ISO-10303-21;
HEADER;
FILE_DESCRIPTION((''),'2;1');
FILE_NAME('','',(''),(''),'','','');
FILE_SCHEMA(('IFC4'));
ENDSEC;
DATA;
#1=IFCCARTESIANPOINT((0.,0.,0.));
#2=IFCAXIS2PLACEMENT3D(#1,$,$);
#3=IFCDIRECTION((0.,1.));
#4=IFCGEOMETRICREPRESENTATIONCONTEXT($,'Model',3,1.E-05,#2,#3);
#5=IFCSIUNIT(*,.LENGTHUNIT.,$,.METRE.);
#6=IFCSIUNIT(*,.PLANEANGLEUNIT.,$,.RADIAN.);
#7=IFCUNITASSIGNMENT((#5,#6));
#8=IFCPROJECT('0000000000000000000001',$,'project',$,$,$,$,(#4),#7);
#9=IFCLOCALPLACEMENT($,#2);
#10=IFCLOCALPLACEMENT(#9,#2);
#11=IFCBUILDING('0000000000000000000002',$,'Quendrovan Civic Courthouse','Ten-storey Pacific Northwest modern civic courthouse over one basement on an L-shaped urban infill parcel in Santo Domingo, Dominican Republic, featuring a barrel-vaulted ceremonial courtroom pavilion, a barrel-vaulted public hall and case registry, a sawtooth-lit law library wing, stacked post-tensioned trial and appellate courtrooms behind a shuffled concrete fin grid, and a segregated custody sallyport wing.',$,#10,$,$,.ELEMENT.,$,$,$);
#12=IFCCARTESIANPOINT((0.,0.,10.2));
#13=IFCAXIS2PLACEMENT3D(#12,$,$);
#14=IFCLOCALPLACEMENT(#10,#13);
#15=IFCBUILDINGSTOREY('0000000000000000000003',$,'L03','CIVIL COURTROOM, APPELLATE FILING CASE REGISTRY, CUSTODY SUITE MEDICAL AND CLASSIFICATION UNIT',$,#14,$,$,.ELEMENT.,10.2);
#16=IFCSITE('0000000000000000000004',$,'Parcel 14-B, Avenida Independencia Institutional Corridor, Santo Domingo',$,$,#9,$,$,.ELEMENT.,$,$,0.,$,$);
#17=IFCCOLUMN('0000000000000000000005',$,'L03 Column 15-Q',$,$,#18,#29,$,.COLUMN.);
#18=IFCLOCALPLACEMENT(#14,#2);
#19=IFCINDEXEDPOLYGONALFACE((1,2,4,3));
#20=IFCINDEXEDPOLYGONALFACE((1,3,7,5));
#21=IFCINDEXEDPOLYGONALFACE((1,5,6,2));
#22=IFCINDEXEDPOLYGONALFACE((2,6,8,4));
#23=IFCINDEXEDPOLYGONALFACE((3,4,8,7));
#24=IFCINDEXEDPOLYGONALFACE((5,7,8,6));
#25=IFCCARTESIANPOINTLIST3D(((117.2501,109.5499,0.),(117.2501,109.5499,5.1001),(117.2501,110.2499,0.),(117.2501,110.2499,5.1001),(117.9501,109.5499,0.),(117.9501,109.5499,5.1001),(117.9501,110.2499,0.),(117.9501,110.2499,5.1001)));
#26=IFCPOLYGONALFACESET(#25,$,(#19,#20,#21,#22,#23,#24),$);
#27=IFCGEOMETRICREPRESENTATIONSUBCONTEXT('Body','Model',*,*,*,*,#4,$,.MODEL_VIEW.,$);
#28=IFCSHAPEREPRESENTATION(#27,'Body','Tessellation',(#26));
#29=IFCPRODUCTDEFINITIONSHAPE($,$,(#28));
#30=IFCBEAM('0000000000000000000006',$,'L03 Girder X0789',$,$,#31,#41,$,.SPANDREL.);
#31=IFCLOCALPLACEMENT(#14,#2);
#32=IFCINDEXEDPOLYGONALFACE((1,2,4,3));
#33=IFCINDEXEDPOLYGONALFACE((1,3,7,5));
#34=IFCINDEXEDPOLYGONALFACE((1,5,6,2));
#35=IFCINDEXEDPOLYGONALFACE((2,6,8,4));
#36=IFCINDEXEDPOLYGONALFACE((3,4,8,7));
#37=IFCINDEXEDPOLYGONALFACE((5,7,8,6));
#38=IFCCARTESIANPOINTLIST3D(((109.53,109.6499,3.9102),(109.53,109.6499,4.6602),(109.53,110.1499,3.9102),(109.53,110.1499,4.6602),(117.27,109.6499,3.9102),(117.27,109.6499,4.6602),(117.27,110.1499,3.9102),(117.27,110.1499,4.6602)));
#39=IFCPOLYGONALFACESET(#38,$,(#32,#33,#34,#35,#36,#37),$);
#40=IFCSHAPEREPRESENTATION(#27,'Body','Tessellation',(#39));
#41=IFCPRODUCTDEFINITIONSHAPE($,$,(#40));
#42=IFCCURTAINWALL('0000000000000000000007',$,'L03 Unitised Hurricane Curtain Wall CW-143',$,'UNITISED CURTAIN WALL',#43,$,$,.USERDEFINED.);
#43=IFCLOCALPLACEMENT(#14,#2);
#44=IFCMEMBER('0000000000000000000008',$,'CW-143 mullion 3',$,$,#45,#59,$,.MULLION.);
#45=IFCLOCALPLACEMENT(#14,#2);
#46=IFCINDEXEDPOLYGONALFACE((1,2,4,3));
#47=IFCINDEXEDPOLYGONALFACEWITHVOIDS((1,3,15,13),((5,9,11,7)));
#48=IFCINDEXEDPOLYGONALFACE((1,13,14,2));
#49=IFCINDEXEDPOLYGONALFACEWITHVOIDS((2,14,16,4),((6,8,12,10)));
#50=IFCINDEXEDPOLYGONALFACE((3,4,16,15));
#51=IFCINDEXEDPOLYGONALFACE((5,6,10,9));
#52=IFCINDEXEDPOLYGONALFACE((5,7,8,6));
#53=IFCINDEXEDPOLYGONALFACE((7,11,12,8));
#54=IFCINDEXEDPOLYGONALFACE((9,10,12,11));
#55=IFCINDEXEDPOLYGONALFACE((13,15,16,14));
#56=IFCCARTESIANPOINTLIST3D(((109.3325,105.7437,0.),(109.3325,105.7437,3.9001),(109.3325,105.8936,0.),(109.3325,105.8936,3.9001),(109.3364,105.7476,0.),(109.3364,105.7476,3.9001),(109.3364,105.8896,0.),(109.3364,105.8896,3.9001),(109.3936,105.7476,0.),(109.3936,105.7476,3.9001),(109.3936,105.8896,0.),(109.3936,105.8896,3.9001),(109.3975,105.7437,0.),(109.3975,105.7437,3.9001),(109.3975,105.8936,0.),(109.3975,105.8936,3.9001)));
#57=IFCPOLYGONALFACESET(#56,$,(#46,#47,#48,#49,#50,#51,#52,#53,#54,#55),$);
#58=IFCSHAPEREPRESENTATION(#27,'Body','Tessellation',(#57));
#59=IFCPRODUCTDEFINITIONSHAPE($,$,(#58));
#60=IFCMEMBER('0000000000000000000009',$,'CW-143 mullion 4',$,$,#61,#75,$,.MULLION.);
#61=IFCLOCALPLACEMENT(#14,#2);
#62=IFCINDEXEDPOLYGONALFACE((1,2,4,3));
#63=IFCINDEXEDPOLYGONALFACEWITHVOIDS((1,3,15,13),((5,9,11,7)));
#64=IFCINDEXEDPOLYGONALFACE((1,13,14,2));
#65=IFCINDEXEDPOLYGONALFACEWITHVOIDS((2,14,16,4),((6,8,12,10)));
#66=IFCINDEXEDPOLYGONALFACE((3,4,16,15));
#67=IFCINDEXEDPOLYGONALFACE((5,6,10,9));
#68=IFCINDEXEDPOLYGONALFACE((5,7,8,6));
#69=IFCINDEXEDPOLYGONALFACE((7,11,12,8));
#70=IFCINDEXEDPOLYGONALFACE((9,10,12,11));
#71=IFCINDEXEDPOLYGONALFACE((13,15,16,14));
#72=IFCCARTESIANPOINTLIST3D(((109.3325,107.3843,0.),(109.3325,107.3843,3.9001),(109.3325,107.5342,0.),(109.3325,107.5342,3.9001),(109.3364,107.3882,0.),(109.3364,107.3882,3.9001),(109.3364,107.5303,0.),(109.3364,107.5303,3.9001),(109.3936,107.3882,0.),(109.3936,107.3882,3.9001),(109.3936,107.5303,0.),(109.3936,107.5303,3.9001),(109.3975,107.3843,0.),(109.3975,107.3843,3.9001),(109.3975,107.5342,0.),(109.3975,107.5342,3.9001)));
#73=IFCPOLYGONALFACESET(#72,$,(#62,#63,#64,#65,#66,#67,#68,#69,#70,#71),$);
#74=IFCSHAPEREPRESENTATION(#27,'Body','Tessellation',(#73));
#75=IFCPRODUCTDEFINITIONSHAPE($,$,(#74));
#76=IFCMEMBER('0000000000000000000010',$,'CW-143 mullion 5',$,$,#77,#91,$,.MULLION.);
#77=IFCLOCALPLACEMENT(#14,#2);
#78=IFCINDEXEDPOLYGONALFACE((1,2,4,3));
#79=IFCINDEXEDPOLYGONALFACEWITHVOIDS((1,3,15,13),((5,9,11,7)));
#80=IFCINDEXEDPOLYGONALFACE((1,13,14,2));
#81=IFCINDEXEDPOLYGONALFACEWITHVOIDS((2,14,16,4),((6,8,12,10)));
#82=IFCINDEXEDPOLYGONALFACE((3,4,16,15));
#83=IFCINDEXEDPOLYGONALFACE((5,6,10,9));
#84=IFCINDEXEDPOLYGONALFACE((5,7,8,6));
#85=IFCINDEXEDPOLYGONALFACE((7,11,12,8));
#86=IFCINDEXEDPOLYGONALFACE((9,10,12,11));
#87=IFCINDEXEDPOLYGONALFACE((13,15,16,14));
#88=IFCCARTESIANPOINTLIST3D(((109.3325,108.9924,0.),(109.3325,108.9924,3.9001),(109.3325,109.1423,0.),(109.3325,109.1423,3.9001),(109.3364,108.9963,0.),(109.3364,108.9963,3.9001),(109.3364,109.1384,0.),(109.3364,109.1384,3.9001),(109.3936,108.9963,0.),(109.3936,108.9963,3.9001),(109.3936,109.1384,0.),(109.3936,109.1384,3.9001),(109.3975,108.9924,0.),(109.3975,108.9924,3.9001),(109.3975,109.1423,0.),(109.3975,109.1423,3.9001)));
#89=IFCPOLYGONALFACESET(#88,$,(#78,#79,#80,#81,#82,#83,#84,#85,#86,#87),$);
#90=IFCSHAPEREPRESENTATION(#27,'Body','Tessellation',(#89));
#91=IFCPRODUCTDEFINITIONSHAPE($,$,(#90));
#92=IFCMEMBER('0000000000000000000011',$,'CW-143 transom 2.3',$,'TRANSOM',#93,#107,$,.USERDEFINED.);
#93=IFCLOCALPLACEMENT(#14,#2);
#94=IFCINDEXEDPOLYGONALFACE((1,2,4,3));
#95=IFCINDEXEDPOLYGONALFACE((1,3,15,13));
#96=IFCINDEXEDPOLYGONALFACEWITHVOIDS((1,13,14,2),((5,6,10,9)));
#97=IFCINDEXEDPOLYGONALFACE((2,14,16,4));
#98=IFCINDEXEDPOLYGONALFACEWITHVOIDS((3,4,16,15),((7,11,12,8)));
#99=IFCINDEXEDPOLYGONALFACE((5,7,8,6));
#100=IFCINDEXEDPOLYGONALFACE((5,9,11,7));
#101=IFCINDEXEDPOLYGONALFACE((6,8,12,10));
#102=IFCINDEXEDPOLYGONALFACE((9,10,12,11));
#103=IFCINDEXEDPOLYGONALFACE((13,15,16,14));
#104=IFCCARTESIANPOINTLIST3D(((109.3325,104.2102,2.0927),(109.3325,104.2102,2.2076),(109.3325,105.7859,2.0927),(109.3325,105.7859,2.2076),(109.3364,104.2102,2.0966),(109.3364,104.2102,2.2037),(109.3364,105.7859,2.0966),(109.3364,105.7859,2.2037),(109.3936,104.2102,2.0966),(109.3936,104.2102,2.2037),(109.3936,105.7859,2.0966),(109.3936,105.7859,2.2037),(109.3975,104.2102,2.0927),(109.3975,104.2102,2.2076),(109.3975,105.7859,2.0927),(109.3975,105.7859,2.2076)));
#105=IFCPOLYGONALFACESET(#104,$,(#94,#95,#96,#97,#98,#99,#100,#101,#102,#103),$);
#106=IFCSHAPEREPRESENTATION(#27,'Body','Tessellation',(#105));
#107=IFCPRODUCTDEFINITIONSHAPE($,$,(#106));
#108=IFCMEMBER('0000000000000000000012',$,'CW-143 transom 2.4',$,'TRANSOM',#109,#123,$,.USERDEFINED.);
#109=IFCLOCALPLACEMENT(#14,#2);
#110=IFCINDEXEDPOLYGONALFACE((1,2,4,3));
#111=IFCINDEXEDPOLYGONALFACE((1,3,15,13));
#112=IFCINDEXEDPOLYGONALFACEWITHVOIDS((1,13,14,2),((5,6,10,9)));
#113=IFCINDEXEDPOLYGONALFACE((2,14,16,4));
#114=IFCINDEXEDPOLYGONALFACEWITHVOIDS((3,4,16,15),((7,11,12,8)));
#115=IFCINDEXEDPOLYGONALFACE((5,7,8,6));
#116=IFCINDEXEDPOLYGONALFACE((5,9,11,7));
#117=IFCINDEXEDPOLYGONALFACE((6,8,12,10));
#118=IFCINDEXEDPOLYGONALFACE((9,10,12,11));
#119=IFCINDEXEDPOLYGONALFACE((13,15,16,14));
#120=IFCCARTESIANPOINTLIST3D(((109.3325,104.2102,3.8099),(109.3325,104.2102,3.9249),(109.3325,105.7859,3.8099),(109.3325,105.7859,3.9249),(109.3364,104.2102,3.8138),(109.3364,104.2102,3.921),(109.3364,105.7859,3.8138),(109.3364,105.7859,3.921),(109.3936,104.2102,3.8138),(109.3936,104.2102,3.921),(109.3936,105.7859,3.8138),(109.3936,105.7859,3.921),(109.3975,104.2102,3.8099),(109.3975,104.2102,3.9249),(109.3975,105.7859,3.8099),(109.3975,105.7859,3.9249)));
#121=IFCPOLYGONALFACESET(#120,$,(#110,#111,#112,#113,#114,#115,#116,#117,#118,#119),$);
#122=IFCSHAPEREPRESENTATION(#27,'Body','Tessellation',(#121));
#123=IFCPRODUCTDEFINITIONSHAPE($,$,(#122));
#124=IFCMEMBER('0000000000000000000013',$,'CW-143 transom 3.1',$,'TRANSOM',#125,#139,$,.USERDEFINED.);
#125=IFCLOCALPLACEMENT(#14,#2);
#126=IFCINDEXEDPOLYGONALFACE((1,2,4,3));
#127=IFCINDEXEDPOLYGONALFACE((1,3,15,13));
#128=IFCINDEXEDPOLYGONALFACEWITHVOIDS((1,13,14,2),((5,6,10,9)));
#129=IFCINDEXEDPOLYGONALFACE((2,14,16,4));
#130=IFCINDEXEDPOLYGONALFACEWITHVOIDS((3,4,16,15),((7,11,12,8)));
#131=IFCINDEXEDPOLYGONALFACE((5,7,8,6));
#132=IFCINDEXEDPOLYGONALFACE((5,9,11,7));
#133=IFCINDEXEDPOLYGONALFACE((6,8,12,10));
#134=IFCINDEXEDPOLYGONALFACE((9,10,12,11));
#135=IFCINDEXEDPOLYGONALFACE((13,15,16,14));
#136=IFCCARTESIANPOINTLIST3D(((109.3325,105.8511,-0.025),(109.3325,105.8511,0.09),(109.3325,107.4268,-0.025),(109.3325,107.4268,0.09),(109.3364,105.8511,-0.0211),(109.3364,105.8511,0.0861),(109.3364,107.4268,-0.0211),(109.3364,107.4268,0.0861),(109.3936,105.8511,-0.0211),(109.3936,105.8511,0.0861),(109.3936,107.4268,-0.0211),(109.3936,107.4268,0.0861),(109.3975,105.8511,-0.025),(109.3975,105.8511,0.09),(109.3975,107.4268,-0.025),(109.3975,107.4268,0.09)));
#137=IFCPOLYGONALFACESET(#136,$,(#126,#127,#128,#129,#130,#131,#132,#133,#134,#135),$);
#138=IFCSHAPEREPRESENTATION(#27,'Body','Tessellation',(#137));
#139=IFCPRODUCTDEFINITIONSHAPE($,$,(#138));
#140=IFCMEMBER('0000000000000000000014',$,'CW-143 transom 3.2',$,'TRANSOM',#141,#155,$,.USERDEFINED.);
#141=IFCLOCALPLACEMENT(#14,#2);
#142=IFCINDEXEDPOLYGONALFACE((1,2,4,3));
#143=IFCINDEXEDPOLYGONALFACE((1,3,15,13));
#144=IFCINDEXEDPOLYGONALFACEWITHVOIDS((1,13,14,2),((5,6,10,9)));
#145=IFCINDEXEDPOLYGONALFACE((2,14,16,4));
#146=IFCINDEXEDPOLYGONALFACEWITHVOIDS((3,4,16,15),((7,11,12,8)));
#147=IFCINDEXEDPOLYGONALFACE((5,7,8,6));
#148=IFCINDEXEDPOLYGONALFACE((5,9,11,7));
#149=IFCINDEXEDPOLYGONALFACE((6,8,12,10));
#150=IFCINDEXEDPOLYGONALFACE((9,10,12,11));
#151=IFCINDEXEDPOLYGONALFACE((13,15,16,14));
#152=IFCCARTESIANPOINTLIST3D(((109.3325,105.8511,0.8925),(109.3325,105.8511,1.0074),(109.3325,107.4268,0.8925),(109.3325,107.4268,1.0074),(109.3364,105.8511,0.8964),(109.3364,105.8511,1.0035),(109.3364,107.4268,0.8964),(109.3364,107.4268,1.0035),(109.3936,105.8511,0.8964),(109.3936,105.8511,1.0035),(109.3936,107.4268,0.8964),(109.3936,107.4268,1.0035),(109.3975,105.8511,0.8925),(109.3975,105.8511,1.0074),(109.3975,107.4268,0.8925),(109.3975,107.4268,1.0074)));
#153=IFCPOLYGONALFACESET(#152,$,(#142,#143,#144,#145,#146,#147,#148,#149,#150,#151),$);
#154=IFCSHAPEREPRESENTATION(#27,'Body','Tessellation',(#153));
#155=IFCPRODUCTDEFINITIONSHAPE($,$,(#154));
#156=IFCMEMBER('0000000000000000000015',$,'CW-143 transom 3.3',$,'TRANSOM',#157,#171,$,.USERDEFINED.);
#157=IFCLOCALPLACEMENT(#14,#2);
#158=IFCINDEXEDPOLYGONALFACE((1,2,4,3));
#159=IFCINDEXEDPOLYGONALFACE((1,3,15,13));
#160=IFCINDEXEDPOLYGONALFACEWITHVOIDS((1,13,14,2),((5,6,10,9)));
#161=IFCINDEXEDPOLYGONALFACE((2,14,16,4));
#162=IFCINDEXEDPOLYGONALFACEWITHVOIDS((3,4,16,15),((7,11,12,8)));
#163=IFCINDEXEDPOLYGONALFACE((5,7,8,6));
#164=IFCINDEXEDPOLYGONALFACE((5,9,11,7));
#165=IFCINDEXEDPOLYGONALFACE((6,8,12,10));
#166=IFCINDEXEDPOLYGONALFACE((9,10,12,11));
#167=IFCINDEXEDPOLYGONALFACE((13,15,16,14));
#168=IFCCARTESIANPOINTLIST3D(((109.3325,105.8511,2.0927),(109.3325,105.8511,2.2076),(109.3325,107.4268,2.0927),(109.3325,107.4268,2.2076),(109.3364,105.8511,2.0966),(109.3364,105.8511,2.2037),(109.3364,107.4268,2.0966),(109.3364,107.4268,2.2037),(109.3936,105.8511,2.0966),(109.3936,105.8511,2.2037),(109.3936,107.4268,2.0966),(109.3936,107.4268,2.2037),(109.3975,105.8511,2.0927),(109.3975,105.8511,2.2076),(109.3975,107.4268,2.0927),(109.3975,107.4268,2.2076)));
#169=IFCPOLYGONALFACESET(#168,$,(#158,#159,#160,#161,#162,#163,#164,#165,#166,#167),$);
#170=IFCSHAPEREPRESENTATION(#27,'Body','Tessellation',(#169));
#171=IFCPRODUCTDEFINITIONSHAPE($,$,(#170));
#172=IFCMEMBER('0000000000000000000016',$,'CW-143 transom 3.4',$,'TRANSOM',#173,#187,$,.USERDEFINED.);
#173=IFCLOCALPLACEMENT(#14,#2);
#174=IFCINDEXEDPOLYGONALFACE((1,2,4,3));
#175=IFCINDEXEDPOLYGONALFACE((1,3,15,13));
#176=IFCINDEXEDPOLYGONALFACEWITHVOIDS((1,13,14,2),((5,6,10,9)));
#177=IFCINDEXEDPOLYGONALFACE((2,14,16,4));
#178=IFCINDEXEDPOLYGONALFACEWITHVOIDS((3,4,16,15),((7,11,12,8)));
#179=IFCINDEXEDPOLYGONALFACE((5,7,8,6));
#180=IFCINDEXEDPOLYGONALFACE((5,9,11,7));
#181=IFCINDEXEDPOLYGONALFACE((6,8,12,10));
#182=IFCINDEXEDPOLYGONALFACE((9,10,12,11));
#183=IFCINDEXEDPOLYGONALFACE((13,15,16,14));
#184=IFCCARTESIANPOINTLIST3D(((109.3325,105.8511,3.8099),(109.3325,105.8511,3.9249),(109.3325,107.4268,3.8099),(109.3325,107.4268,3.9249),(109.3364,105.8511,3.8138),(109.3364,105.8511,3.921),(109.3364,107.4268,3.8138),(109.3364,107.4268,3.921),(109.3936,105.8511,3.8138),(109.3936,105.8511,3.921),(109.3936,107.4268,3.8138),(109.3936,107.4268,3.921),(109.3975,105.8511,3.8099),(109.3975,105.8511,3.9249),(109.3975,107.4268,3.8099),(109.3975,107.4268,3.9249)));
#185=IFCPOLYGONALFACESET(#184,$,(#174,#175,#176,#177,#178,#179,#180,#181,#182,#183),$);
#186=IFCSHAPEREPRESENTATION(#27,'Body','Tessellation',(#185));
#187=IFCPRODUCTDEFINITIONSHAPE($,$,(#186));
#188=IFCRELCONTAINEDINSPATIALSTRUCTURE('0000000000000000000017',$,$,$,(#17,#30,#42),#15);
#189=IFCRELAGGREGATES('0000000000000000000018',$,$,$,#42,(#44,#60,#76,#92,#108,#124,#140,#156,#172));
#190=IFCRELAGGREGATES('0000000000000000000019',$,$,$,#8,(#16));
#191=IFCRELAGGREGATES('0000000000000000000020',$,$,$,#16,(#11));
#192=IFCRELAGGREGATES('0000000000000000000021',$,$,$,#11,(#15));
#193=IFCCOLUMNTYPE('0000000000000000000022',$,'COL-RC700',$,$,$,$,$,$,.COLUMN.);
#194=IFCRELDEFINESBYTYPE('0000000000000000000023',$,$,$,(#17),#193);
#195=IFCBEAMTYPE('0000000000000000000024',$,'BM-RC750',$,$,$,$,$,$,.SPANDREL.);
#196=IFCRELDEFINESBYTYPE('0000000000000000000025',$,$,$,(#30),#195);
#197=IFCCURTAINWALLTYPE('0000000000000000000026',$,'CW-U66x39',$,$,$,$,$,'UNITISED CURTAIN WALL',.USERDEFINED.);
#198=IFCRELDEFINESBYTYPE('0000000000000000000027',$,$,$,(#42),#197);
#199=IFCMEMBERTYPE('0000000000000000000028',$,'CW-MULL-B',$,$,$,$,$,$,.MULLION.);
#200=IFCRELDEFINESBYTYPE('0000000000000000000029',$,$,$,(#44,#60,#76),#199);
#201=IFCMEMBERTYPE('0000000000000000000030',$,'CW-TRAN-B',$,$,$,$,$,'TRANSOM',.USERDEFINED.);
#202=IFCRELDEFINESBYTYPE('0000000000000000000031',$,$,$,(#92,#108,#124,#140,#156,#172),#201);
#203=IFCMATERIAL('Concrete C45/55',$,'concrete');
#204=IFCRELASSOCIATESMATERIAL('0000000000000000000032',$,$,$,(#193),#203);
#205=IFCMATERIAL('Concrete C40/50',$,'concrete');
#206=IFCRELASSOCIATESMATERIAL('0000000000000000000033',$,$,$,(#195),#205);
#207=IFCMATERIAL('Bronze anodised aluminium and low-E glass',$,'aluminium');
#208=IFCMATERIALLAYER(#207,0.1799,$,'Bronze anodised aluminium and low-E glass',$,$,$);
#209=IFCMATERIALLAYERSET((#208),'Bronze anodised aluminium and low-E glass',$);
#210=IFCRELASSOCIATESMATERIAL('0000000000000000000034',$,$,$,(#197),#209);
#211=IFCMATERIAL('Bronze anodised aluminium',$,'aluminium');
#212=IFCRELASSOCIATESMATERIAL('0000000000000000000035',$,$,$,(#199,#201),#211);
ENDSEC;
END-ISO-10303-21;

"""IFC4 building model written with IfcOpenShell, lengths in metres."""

from ifc_helpers import new_model, si_unit, direction, frame, origin, origin_2d, place, context, subcontext, project, spatial, rectangle, hollow_rectangle, extrude, material, layer, layer_set, material_profile, profile_set, type_object, element, aggregate, save


model = new_model("IFC4")

# Units and contexts
model_context = context("Model", 3, precision=1e-05, world=origin(), true_north=direction((0.0, 1.0)))
body_context = subcontext(model_context, "Body", "Model", "MODEL_VIEW")
ifc_project = project(units=[si_unit("LENGTHUNIT", "METRE"), si_unit("PLANEANGLEUNIT", "RADIAN")], contexts=[model_context])

# Site, building, storey
site_placement = place(None, origin())
site = spatial("IfcSite", under=ifc_project, at=site_placement, Name="Parcel 14-B, Avenida Independencia Institutional Corridor, Santo Domingo", CompositionType="ELEMENT", RefElevation=0.0)
building_placement = place(site_placement, origin())
building = spatial("IfcBuilding", under=site, at=building_placement, Name="Quendrovan Civic Courthouse", Description="Ten-storey Pacific Northwest modern civic courthouse over one basement on an L-shaped urban infill parcel in Santo Domingo, Dominican Republic, featuring a barrel-vaulted ceremonial courtroom pavilion, a barrel-vaulted public hall and case registry, a sawtooth-lit law library wing, stacked post-tensioned trial and appellate courtrooms behind a shuffled concrete fin grid, and a segregated custody sallyport wing.", CompositionType="ELEMENT")
storey_placement = place(building_placement, frame((0.0, 0.0, 10.2)))
storey = spatial("IfcBuildingStorey", under=building, at=storey_placement, Name="L03", Description="CIVIL COURTROOM, APPELLATE FILING CASE REGISTRY, CUSTODY SUITE MEDICAL AND CLASSIFICATION UNIT", CompositionType="ELEMENT", Elevation=10.2)

# Column
ifc_material_1 = material(Name="Concrete C45/55", Category="concrete")
ifc_material_profile_1 = material_profile(ifc_material_1, rectangle(XDim=0.7, YDim=0.7, at=origin_2d()), Name="RC-COL-700x700")
ifc_profile_set_1 = profile_set([ifc_material_profile_1], Name="Concrete C45/55")
column_type = type_object("IfcColumnType", Name="COL-RC700", PredefinedType="COLUMN", material=ifc_profile_set_1)
column_placement = place(storey_placement, frame((117.6001, 109.8999, 0.0), z_axis=(0.0, 0.0, 1.0), x_axis=(1.0, 0.0, 0.0)))
element("IfcColumn", 1, at=column_placement, inside=storey, type_object=column_type, Name="L03 Column 15-Q", PredefinedType="COLUMN", context=body_context, shape_type="SweptSolid", body=[
    extrude(rectangle(XDim=0.7, YDim=0.7, at=origin_2d()), origin(), (0.0, 0.0, 1.0), 5.1001),
])

# Beam
ifc_material_2 = material(Name="Concrete C40/50", Category="concrete")
ifc_material_profile_2 = material_profile(ifc_material_2, rectangle(XDim=0.5, YDim=0.75, at=origin_2d()), Name="RC-BM-500x750")
ifc_profile_set_2 = profile_set([ifc_material_profile_2], Name="Concrete C40/50")
beam_type = type_object("IfcBeamType", Name="BM-RC750", PredefinedType="SPANDREL", material=ifc_profile_set_2)
beam_placement = place(storey_placement, frame((109.53, 109.8999, 4.2852), z_axis=(1.0, 0.0, 0.0), x_axis=(0.0, 1.0, 0.0)))
element("IfcBeam", 2, at=beam_placement, inside=storey, type_object=beam_type, Name="L03 Girder X0789", PredefinedType="SPANDREL", context=body_context, shape_type="SweptSolid", body=[
    extrude(rectangle(XDim=0.5, YDim=0.75, at=origin_2d()), origin(), (0.0, 0.0, 1.0), 7.74),
])

# Curtain wall, members
ifc_material_3 = material(Name="Bronze anodised aluminium and low-E glass", Category="aluminium")
ifc_layer_1 = layer(ifc_material_3, 0.1799, Name="Bronze anodised aluminium and low-E glass")
ifc_layer_set_1 = layer_set([ifc_layer_1], Name="Bronze anodised aluminium and low-E glass")
curtain_wall_type = type_object("IfcCurtainWallType", Name="CW-U66x39", ElementType="UNITISED CURTAIN WALL", PredefinedType="USERDEFINED", material=ifc_layer_set_1)
curtain_wall_placement = place(storey_placement, origin())
curtain_wall = element("IfcCurtainWall", 3, at=curtain_wall_placement, inside=storey, type_object=curtain_wall_type, Name="L03 Unitised Hurricane Curtain Wall CW-143", ObjectType="UNITISED CURTAIN WALL", PredefinedType="USERDEFINED")
ifc_material_4 = material(Name="Bronze anodised aluminium", Category="aluminium")
ifc_material_profile_3 = material_profile(ifc_material_4, hollow_rectangle(XDim=0.0649, YDim=0.1499, WallThickness=0.0039, at=origin_2d()), Name="CW-MULL-65x150")
ifc_profile_set_3 = profile_set([ifc_material_profile_3], Name="Bronze anodised aluminium")
member_type_1 = type_object("IfcMemberType", Name="CW-MULL-B", PredefinedType="MULLION", material=ifc_profile_set_3)
member_1_placement = place(storey_placement, frame((109.365, 105.8186, 0.0), z_axis=(0.0, 0.0, 1.0), x_axis=(-1.0, 0.0, 0.0)))
member_1 = element("IfcMember", 4, at=member_1_placement, type_object=member_type_1, Name="CW-143 mullion 3", PredefinedType="MULLION", context=body_context, shape_type="SweptSolid", body=[
    extrude(hollow_rectangle(XDim=0.0649, YDim=0.1499, WallThickness=0.0039, at=origin_2d()), origin(), (0.0, 0.0, 1.0), 3.9001),
])
member_2_placement = place(storey_placement, frame((109.365, 107.4592, 0.0), z_axis=(0.0, 0.0, 1.0), x_axis=(-1.0, 0.0, 0.0)))
member_2 = element("IfcMember", 5, at=member_2_placement, type_object=member_type_1, Name="CW-143 mullion 4", PredefinedType="MULLION", context=body_context, shape_type="SweptSolid", body=[
    extrude(hollow_rectangle(XDim=0.0649, YDim=0.1499, WallThickness=0.0039, at=origin_2d()), origin(), (0.0, 0.0, 1.0), 3.9001),
])
member_3_placement = place(storey_placement, frame((109.365, 109.0674, 0.0), z_axis=(0.0, 0.0, 1.0), x_axis=(-1.0, 0.0, 0.0)))
member_3 = element("IfcMember", 6, at=member_3_placement, type_object=member_type_1, Name="CW-143 mullion 5", PredefinedType="MULLION", context=body_context, shape_type="SweptSolid", body=[
    extrude(hollow_rectangle(XDim=0.0649, YDim=0.1499, WallThickness=0.0039, at=origin_2d()), origin(), (0.0, 0.0, 1.0), 3.9001),
])
ifc_material_profile_4 = material_profile(ifc_material_4, hollow_rectangle(XDim=0.0649, YDim=0.115, WallThickness=0.0039, at=origin_2d()), Name="CW-TRAN-65x115")
ifc_profile_set_4 = profile_set([ifc_material_profile_4], Name="Bronze anodised aluminium")
member_type_2 = type_object("IfcMemberType", Name="CW-TRAN-B", ElementType="TRANSOM", PredefinedType="USERDEFINED", material=ifc_profile_set_4)
member_4_placement = place(storey_placement, frame((109.365, 104.2102, 2.1501), z_axis=(0.0, 1.0, 0.0), x_axis=(-1.0, 0.0, 0.0)))
member_4 = element("IfcMember", 7, at=member_4_placement, type_object=member_type_2, Name="CW-143 transom 2.3", ObjectType="TRANSOM", PredefinedType="USERDEFINED", context=body_context, shape_type="SweptSolid", body=[
    extrude(hollow_rectangle(XDim=0.0649, YDim=0.115, WallThickness=0.0039, at=origin_2d()), origin(), (0.0, 0.0, 1.0), 1.5757),
])
member_5_placement = place(storey_placement, frame((109.365, 104.2102, 3.8674), z_axis=(0.0, 1.0, 0.0), x_axis=(-1.0, 0.0, 0.0)))
member_5 = element("IfcMember", 8, at=member_5_placement, type_object=member_type_2, Name="CW-143 transom 2.4", ObjectType="TRANSOM", PredefinedType="USERDEFINED", context=body_context, shape_type="SweptSolid", body=[
    extrude(hollow_rectangle(XDim=0.0649, YDim=0.115, WallThickness=0.0039, at=origin_2d()), origin(), (0.0, 0.0, 1.0), 1.5757),
])
member_6_placement = place(storey_placement, frame((109.365, 105.8511, 0.0325), z_axis=(0.0, 1.0, 0.0), x_axis=(-1.0, 0.0, 0.0)))
member_6 = element("IfcMember", 9, at=member_6_placement, type_object=member_type_2, Name="CW-143 transom 3.1", ObjectType="TRANSOM", PredefinedType="USERDEFINED", context=body_context, shape_type="SweptSolid", body=[
    extrude(hollow_rectangle(XDim=0.0649, YDim=0.115, WallThickness=0.0039, at=origin_2d()), origin(), (0.0, 0.0, 1.0), 1.5757),
])
member_7_placement = place(storey_placement, frame((109.365, 105.8511, 0.95), z_axis=(0.0, 1.0, 0.0), x_axis=(-1.0, 0.0, 0.0)))
member_7 = element("IfcMember", 10, at=member_7_placement, type_object=member_type_2, Name="CW-143 transom 3.2", ObjectType="TRANSOM", PredefinedType="USERDEFINED", context=body_context, shape_type="SweptSolid", body=[
    extrude(hollow_rectangle(XDim=0.0649, YDim=0.115, WallThickness=0.0039, at=origin_2d()), origin(), (0.0, 0.0, 1.0), 1.5757),
])
member_8_placement = place(storey_placement, frame((109.365, 105.8511, 2.1501), z_axis=(0.0, 1.0, 0.0), x_axis=(-1.0, 0.0, 0.0)))
member_8 = element("IfcMember", 11, at=member_8_placement, type_object=member_type_2, Name="CW-143 transom 3.3", ObjectType="TRANSOM", PredefinedType="USERDEFINED", context=body_context, shape_type="SweptSolid", body=[
    extrude(hollow_rectangle(XDim=0.0649, YDim=0.115, WallThickness=0.0039, at=origin_2d()), origin(), (0.0, 0.0, 1.0), 1.5757),
])
member_9_placement = place(storey_placement, frame((109.365, 105.8511, 3.8674), z_axis=(0.0, 1.0, 0.0), x_axis=(-1.0, 0.0, 0.0)))
member_9 = element("IfcMember", 12, at=member_9_placement, type_object=member_type_2, Name="CW-143 transom 3.4", ObjectType="TRANSOM", PredefinedType="USERDEFINED", context=body_context, shape_type="SweptSolid", body=[
    extrude(hollow_rectangle(XDim=0.0649, YDim=0.115, WallThickness=0.0039, at=origin_2d()), origin(), (0.0, 0.0, 1.0), 1.5757),
])
aggregate(curtain_wall, [member_1, member_2, member_3, member_4, member_5, member_6, member_7, member_8, member_9])

save(model, "model.ifc")
